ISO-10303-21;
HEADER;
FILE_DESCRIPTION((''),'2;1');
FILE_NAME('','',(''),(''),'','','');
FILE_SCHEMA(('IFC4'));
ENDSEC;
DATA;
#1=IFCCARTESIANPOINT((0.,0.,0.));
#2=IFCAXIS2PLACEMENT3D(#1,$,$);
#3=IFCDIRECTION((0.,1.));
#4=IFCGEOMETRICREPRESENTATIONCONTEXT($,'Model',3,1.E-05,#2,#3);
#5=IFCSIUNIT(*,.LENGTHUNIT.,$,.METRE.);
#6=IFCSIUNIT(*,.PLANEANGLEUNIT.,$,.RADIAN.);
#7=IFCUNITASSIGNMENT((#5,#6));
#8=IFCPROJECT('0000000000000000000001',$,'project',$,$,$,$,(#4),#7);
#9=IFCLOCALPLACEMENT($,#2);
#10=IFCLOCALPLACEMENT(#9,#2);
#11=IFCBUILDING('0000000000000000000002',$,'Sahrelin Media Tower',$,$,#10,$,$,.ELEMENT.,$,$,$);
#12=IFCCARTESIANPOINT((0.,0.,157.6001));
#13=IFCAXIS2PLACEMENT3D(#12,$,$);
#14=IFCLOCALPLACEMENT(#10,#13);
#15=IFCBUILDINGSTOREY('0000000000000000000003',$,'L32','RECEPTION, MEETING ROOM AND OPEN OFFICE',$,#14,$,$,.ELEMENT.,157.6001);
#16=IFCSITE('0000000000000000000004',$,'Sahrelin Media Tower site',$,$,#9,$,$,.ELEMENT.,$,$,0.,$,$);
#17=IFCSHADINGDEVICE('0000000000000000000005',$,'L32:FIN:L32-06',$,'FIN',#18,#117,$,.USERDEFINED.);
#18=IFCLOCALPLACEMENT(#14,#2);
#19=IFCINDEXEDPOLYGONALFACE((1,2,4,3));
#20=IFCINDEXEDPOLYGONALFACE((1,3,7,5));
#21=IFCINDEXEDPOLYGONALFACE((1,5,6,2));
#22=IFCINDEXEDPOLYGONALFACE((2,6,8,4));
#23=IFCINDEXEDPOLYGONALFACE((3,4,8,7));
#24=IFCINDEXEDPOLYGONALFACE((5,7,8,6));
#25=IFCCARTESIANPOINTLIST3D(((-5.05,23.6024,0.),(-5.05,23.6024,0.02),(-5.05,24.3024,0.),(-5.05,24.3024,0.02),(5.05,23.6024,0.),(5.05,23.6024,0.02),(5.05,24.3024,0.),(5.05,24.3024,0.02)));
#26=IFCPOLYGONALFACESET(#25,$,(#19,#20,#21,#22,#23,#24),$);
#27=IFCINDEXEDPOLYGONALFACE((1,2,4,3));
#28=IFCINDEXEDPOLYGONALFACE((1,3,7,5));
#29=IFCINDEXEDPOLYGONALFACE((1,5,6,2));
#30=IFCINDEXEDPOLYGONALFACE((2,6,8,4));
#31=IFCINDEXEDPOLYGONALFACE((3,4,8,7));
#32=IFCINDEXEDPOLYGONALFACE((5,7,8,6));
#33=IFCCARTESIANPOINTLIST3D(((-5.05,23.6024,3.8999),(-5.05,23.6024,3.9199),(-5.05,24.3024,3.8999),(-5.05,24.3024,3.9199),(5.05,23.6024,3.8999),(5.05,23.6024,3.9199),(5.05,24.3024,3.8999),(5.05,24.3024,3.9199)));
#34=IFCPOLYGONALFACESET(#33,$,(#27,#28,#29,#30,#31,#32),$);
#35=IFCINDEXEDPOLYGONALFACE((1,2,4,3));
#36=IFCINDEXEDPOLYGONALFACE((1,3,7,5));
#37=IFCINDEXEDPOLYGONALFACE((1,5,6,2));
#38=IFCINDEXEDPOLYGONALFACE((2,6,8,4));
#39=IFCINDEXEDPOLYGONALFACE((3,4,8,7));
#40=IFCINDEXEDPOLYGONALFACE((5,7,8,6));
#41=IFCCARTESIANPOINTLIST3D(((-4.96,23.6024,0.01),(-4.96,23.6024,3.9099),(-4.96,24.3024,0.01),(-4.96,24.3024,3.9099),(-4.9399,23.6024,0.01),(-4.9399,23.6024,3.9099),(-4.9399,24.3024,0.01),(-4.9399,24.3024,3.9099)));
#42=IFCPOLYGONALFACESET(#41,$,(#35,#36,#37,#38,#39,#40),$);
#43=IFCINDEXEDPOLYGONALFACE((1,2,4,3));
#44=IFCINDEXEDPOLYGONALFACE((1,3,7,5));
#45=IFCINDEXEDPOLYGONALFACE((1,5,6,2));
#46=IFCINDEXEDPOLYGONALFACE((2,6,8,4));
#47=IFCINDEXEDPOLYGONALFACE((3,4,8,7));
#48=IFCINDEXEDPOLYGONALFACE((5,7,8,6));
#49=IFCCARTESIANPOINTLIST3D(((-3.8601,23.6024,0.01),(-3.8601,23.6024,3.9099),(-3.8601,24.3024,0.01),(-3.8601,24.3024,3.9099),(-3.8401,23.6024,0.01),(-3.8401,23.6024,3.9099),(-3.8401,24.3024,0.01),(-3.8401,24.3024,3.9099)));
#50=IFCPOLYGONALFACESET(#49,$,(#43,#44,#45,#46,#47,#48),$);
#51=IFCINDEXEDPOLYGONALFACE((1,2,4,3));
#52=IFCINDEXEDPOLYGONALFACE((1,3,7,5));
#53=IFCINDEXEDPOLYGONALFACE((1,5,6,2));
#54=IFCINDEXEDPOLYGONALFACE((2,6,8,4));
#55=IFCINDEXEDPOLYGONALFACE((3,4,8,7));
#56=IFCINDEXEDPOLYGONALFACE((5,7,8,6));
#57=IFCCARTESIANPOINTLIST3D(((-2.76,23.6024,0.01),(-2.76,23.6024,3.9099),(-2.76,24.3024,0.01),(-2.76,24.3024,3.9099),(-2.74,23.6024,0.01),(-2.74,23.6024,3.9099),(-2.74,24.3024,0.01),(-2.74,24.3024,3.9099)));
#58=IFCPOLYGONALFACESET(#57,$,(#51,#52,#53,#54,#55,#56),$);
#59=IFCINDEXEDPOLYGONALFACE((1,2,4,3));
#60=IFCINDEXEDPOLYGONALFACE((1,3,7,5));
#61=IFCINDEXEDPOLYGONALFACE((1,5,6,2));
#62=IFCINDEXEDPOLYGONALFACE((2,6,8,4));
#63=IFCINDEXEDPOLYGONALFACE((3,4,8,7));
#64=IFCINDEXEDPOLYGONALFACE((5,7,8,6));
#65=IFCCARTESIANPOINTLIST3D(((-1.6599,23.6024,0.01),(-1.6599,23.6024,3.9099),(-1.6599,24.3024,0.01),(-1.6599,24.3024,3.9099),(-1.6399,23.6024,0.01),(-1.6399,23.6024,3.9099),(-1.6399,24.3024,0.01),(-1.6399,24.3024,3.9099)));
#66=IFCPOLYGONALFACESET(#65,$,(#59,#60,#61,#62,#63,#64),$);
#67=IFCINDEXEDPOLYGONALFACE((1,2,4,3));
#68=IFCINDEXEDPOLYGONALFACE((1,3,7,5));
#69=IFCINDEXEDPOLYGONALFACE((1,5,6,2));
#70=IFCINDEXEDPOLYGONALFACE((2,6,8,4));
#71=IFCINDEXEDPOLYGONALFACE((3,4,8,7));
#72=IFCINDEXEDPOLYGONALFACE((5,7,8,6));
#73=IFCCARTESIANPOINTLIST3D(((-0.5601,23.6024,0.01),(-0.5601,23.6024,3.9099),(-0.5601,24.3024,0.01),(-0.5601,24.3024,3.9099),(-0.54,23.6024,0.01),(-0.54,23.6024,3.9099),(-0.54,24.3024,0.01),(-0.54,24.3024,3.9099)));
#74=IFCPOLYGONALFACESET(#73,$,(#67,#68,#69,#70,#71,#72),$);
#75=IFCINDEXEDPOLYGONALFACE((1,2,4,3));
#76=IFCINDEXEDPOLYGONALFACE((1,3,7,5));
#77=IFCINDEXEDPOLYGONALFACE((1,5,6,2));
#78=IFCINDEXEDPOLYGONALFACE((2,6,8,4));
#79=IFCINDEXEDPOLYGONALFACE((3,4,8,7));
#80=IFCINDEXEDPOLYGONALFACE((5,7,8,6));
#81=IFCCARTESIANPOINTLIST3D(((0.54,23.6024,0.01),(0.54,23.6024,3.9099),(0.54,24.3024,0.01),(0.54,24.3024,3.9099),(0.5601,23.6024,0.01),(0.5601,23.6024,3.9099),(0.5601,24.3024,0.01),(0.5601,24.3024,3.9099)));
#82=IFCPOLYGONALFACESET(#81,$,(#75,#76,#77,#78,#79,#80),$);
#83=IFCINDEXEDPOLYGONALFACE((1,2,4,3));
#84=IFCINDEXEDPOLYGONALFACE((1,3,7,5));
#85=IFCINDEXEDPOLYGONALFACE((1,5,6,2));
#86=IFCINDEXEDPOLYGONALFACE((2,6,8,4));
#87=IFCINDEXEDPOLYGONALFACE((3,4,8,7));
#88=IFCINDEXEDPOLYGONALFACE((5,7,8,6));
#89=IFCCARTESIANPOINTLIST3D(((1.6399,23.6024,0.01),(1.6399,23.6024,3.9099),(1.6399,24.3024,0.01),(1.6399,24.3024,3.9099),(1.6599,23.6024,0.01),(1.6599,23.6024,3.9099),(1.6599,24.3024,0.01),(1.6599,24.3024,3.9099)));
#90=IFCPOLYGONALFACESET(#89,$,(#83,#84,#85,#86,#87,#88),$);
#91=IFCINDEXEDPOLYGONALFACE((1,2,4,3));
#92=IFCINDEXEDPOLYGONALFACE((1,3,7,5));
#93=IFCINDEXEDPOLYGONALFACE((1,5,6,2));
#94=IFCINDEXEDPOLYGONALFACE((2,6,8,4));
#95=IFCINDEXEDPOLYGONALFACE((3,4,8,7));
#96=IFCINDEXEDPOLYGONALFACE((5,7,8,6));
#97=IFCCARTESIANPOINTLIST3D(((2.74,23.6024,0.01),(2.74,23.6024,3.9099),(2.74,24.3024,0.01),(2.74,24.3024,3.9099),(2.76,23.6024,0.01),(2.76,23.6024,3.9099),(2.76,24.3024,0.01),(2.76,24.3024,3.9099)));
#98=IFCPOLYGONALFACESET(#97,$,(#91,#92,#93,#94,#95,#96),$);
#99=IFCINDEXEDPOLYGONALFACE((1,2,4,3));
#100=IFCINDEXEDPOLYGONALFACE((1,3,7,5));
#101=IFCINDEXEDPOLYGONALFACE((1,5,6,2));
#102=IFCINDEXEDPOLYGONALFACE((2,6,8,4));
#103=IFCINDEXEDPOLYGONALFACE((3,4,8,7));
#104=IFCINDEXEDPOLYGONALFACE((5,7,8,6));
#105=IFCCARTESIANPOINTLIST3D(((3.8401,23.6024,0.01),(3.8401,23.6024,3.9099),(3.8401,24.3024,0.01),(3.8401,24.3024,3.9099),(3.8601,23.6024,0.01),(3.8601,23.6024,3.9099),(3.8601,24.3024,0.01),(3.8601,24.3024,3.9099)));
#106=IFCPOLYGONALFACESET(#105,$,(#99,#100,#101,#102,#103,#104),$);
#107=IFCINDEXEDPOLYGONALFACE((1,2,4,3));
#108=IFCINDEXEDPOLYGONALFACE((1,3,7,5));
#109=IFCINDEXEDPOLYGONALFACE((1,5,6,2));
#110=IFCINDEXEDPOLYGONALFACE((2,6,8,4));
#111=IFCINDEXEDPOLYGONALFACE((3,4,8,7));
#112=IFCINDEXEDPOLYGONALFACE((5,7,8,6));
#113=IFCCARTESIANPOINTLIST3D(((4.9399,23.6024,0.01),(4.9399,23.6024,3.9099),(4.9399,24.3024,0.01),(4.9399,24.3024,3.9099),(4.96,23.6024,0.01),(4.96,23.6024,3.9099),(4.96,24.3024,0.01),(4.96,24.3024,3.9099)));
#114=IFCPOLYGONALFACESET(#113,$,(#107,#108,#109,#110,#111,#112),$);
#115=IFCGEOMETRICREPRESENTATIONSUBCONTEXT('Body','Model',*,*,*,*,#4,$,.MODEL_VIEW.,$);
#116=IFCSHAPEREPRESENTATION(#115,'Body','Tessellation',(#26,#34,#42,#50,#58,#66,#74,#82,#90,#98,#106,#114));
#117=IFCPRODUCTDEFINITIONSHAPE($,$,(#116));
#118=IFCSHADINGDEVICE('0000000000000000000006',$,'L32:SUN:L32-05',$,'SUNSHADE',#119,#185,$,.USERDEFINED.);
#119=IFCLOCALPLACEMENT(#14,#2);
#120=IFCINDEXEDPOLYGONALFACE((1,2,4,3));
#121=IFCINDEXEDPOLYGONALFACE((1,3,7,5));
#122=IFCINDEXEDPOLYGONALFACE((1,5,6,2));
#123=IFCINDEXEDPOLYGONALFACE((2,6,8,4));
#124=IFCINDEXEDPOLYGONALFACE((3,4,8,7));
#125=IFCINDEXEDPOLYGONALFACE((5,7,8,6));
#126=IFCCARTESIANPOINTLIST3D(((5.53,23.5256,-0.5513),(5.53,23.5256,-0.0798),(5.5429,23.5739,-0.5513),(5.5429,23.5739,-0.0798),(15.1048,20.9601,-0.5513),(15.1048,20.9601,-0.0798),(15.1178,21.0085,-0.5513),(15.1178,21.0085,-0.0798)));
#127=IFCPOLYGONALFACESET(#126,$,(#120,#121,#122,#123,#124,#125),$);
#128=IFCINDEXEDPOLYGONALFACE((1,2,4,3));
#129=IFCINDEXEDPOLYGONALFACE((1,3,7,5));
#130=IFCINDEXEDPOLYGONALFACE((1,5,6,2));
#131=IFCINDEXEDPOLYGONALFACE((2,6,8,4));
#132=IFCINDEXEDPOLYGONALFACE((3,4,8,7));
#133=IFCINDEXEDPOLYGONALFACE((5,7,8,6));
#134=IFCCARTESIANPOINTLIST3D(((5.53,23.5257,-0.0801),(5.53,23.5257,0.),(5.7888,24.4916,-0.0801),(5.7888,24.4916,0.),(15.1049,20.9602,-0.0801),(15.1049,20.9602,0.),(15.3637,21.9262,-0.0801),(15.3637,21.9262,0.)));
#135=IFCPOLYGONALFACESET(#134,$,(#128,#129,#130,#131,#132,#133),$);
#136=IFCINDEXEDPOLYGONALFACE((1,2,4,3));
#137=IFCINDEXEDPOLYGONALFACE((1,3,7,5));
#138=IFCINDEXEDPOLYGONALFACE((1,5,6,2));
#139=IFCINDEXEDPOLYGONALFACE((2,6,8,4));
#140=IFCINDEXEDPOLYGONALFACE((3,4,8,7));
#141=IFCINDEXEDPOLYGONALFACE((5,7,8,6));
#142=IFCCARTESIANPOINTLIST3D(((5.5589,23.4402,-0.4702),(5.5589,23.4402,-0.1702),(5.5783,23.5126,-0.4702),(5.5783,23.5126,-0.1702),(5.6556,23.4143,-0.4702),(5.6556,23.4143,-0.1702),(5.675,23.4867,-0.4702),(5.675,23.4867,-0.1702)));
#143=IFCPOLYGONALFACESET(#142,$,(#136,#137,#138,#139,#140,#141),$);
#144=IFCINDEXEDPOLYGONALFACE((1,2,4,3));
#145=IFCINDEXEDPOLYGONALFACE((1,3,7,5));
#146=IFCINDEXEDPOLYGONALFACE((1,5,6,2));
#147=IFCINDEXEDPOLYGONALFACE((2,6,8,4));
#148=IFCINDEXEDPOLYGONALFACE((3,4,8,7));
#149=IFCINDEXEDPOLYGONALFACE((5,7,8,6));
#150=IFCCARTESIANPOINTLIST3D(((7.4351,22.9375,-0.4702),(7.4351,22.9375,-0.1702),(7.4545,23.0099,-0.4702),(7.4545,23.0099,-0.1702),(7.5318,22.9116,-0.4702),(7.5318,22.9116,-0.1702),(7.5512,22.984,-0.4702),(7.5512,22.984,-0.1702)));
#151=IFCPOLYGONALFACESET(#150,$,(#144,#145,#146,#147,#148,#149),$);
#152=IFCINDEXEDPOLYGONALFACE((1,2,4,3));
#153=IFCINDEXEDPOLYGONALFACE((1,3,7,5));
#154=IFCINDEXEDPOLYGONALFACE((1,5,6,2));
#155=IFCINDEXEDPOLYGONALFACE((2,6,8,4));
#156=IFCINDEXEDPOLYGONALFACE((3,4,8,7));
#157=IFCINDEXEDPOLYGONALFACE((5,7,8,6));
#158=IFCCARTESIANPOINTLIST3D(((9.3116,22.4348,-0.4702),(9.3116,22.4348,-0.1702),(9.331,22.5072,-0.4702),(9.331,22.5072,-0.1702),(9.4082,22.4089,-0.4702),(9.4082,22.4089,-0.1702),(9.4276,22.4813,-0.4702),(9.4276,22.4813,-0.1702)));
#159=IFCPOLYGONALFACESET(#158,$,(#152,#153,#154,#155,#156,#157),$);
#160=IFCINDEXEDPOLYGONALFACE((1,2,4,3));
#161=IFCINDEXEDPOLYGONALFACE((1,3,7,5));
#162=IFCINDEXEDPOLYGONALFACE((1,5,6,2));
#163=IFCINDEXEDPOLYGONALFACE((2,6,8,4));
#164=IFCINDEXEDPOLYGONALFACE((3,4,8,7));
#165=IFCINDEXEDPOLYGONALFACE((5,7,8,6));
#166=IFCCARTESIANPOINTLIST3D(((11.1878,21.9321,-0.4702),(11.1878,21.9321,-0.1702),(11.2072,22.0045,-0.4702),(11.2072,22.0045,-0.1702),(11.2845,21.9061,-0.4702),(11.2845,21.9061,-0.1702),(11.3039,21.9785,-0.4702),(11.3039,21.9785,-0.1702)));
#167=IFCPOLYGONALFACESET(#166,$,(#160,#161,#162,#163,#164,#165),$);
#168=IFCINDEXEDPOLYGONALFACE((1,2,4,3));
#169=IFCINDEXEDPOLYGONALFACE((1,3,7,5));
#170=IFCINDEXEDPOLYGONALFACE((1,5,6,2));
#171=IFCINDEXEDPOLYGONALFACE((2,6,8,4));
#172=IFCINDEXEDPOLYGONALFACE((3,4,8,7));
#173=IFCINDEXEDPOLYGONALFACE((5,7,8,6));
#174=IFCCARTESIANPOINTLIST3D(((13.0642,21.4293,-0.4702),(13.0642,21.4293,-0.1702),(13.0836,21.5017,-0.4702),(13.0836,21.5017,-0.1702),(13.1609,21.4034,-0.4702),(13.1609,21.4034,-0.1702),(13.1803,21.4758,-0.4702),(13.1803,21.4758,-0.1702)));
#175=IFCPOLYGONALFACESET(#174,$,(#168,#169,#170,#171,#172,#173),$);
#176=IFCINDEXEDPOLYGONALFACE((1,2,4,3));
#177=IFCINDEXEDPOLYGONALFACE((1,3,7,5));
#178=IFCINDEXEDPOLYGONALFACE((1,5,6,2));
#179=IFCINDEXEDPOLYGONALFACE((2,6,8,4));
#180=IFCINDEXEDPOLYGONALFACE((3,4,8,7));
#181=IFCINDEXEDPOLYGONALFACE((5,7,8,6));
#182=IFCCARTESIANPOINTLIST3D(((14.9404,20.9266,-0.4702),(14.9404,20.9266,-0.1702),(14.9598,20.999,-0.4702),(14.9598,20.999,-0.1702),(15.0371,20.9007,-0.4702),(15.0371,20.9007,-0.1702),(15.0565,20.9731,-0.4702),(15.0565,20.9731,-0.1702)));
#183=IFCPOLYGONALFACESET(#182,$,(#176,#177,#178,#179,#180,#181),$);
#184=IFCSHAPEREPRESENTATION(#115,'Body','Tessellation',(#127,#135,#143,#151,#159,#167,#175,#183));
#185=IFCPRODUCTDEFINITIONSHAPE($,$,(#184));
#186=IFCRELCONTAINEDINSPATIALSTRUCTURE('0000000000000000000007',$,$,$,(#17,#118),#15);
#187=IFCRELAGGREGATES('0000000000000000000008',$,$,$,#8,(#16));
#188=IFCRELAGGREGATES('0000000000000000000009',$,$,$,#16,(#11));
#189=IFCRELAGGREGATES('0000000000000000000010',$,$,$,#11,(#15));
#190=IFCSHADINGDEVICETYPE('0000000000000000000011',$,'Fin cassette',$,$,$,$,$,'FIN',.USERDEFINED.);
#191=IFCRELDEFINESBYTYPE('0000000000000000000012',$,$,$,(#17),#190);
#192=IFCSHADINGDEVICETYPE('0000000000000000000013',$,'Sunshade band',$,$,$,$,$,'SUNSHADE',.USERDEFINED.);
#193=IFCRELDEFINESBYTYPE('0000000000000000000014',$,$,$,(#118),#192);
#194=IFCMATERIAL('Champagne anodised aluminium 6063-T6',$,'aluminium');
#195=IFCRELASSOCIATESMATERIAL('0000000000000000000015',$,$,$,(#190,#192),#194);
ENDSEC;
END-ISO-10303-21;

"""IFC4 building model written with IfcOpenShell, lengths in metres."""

from ifc_helpers import new_model, si_unit, direction, frame, origin, origin_2d, place, context, subcontext, project, spatial, rectangle, extrude, material, type_object, element, save


model = new_model("IFC4")

# Units and contexts
model_context = context("Model", 3, precision=1e-05, world=origin(), true_north=direction((0.0, 1.0)))
body_context = subcontext(model_context, "Body", "Model", "MODEL_VIEW")
ifc_project = project(units=[si_unit("LENGTHUNIT", "METRE"), si_unit("PLANEANGLEUNIT", "RADIAN")], contexts=[model_context])

# Site, building, storey
site_placement = place(None, origin())
site = spatial("IfcSite", under=ifc_project, at=site_placement, Name="Sahrelin Media Tower site", CompositionType="ELEMENT", RefElevation=0.0)
building_placement = place(site_placement, origin())
building = spatial("IfcBuilding", under=site, at=building_placement, Name="Sahrelin Media Tower", CompositionType="ELEMENT")
storey_placement = place(building_placement, frame((0.0, 0.0, 157.6001)))
storey = spatial("IfcBuildingStorey", under=building, at=storey_placement, Name="L32", Description="RECEPTION, MEETING ROOM AND OPEN OFFICE", CompositionType="ELEMENT", Elevation=157.6001)

# Shared definitions
ifc_material_1 = material(Name="Champagne anodised aluminium 6063-T6", Category="aluminium")
placement_1 = place(storey_placement, frame((0.0, 23.5325, 0.0), z_axis=(0.0, 0.0, 1.0), x_axis=(1.0, 0.0, 0.0)))

# Shading devices
shading_device_type_1 = type_object("IfcShadingDeviceType", Name="Fin cassette", ElementType="FIN", PredefinedType="USERDEFINED", material=ifc_material_1)
placement_2 = place(storey_placement, frame((10.3123, 22.2236, 0.0), z_axis=(0.0, 0.0, 1.0), x_axis=(0.965929, -0.258808, 0.0)))
element("IfcShadingDevice", 1, at=placement_1, inside=storey, type_object=shading_device_type_1, Name="L32:FIN:L32-06", ObjectType="FIN", PredefinedType="USERDEFINED", context=body_context, shape_type="SweptSolid", body=[
    extrude(rectangle(XDim=10.1001, YDim=0.7, at=origin_2d()), frame((0.0, 0.4199, 0.0)), (0.0, 0.0, 1.0), 0.02),
    extrude(rectangle(XDim=10.1001, YDim=0.7, at=origin_2d()), frame((0.0, 0.4199, 3.8999)), (0.0, 0.0, 1.0), 0.02),
    extrude(rectangle(XDim=0.02, YDim=0.7, at=origin_2d()), frame((-4.95, 0.4199, 0.01), z_axis=(0.0, 0.0, 1.0), x_axis=(1.0, 0.0, 0.0)), (0.0, 0.0, 1.0), 3.8999),
    extrude(rectangle(XDim=0.02, YDim=0.7, at=origin_2d()), frame((-3.8501, 0.4199, 0.01), z_axis=(0.0, 0.0, 1.0), x_axis=(1.0, 0.0, 0.0)), (0.0, 0.0, 1.0), 3.8999),
    extrude(rectangle(XDim=0.02, YDim=0.7, at=origin_2d()), frame((-2.75, 0.4199, 0.01), z_axis=(0.0, 0.0, 1.0), x_axis=(1.0, 0.0, 0.0)), (0.0, 0.0, 1.0), 3.8999),
    extrude(rectangle(XDim=0.02, YDim=0.7, at=origin_2d()), frame((-1.6499, 0.4199, 0.01), z_axis=(0.0, 0.0, 1.0), x_axis=(1.0, 0.0, 0.0)), (0.0, 0.0, 1.0), 3.8999),
    extrude(rectangle(XDim=0.02, YDim=0.7, at=origin_2d()), frame((-0.55, 0.4199, 0.01), z_axis=(0.0, 0.0, 1.0), x_axis=(1.0, 0.0, 0.0)), (0.0, 0.0, 1.0), 3.8999),
    extrude(rectangle(XDim=0.02, YDim=0.7, at=origin_2d()), frame((0.55, 0.4199, 0.01), z_axis=(0.0, 0.0, 1.0), x_axis=(1.0, 0.0, 0.0)), (0.0, 0.0, 1.0), 3.8999),
    extrude(rectangle(XDim=0.02, YDim=0.7, at=origin_2d()), frame((1.6499, 0.4199, 0.01), z_axis=(0.0, 0.0, 1.0), x_axis=(1.0, 0.0, 0.0)), (0.0, 0.0, 1.0), 3.8999),
    extrude(rectangle(XDim=0.02, YDim=0.7, at=origin_2d()), frame((2.75, 0.4199, 0.01), z_axis=(0.0, 0.0, 1.0), x_axis=(1.0, 0.0, 0.0)), (0.0, 0.0, 1.0), 3.8999),
    extrude(rectangle(XDim=0.02, YDim=0.7, at=origin_2d()), frame((3.8501, 0.4199, 0.01), z_axis=(0.0, 0.0, 1.0), x_axis=(1.0, 0.0, 0.0)), (0.0, 0.0, 1.0), 3.8999),
    extrude(rectangle(XDim=0.02, YDim=0.7, at=origin_2d()), frame((4.95, 0.4199, 0.01), z_axis=(0.0, 0.0, 1.0), x_axis=(1.0, 0.0, 0.0)), (0.0, 0.0, 1.0), 3.8999),
])
shading_device_type_2 = type_object("IfcShadingDeviceType", Name="Sunshade band", ElementType="SUNSHADE", PredefinedType="USERDEFINED", material=ifc_material_1)
element("IfcShadingDevice", 2, at=placement_2, inside=storey, type_object=shading_device_type_2, Name="L32:SUN:L32-05", ObjectType="SUNSHADE", PredefinedType="USERDEFINED", context=body_context, shape_type="SweptSolid", body=[
    extrude(rectangle(XDim=9.9126, YDim=0.05, at=origin_2d()), frame((0.0, 0.0449, -0.5513)), (0.0, 0.0, 1.0), 0.4714),
    extrude(rectangle(XDim=9.9126, YDim=1.0, at=origin_2d()), frame((0.0, 0.52, -0.0801)), (0.0, 0.0, 1.0), 0.0801),
    extrude(rectangle(XDim=0.1001, YDim=0.075, at=origin_2d()), frame((-4.8562, -0.0176, -0.4702)), (0.0, 0.0, 1.0), 0.3),
    extrude(rectangle(XDim=0.1001, YDim=0.075, at=origin_2d()), frame((-2.9138, -0.0176, -0.4702)), (0.0, 0.0, 1.0), 0.3),
    extrude(rectangle(XDim=0.1001, YDim=0.075, at=origin_2d()), frame((-0.9712, -0.0176, -0.4702)), (0.0, 0.0, 1.0), 0.3),
    extrude(rectangle(XDim=0.1001, YDim=0.075, at=origin_2d()), frame((0.9712, -0.0176, -0.4702)), (0.0, 0.0, 1.0), 0.3),
    extrude(rectangle(XDim=0.1001, YDim=0.075, at=origin_2d()), frame((2.9138, -0.0176, -0.4702)), (0.0, 0.0, 1.0), 0.3),
    extrude(rectangle(XDim=0.1001, YDim=0.075, at=origin_2d()), frame((4.8562, -0.0176, -0.4702)), (0.0, 0.0, 1.0), 0.3),
])

save(model, "model.ifc")
